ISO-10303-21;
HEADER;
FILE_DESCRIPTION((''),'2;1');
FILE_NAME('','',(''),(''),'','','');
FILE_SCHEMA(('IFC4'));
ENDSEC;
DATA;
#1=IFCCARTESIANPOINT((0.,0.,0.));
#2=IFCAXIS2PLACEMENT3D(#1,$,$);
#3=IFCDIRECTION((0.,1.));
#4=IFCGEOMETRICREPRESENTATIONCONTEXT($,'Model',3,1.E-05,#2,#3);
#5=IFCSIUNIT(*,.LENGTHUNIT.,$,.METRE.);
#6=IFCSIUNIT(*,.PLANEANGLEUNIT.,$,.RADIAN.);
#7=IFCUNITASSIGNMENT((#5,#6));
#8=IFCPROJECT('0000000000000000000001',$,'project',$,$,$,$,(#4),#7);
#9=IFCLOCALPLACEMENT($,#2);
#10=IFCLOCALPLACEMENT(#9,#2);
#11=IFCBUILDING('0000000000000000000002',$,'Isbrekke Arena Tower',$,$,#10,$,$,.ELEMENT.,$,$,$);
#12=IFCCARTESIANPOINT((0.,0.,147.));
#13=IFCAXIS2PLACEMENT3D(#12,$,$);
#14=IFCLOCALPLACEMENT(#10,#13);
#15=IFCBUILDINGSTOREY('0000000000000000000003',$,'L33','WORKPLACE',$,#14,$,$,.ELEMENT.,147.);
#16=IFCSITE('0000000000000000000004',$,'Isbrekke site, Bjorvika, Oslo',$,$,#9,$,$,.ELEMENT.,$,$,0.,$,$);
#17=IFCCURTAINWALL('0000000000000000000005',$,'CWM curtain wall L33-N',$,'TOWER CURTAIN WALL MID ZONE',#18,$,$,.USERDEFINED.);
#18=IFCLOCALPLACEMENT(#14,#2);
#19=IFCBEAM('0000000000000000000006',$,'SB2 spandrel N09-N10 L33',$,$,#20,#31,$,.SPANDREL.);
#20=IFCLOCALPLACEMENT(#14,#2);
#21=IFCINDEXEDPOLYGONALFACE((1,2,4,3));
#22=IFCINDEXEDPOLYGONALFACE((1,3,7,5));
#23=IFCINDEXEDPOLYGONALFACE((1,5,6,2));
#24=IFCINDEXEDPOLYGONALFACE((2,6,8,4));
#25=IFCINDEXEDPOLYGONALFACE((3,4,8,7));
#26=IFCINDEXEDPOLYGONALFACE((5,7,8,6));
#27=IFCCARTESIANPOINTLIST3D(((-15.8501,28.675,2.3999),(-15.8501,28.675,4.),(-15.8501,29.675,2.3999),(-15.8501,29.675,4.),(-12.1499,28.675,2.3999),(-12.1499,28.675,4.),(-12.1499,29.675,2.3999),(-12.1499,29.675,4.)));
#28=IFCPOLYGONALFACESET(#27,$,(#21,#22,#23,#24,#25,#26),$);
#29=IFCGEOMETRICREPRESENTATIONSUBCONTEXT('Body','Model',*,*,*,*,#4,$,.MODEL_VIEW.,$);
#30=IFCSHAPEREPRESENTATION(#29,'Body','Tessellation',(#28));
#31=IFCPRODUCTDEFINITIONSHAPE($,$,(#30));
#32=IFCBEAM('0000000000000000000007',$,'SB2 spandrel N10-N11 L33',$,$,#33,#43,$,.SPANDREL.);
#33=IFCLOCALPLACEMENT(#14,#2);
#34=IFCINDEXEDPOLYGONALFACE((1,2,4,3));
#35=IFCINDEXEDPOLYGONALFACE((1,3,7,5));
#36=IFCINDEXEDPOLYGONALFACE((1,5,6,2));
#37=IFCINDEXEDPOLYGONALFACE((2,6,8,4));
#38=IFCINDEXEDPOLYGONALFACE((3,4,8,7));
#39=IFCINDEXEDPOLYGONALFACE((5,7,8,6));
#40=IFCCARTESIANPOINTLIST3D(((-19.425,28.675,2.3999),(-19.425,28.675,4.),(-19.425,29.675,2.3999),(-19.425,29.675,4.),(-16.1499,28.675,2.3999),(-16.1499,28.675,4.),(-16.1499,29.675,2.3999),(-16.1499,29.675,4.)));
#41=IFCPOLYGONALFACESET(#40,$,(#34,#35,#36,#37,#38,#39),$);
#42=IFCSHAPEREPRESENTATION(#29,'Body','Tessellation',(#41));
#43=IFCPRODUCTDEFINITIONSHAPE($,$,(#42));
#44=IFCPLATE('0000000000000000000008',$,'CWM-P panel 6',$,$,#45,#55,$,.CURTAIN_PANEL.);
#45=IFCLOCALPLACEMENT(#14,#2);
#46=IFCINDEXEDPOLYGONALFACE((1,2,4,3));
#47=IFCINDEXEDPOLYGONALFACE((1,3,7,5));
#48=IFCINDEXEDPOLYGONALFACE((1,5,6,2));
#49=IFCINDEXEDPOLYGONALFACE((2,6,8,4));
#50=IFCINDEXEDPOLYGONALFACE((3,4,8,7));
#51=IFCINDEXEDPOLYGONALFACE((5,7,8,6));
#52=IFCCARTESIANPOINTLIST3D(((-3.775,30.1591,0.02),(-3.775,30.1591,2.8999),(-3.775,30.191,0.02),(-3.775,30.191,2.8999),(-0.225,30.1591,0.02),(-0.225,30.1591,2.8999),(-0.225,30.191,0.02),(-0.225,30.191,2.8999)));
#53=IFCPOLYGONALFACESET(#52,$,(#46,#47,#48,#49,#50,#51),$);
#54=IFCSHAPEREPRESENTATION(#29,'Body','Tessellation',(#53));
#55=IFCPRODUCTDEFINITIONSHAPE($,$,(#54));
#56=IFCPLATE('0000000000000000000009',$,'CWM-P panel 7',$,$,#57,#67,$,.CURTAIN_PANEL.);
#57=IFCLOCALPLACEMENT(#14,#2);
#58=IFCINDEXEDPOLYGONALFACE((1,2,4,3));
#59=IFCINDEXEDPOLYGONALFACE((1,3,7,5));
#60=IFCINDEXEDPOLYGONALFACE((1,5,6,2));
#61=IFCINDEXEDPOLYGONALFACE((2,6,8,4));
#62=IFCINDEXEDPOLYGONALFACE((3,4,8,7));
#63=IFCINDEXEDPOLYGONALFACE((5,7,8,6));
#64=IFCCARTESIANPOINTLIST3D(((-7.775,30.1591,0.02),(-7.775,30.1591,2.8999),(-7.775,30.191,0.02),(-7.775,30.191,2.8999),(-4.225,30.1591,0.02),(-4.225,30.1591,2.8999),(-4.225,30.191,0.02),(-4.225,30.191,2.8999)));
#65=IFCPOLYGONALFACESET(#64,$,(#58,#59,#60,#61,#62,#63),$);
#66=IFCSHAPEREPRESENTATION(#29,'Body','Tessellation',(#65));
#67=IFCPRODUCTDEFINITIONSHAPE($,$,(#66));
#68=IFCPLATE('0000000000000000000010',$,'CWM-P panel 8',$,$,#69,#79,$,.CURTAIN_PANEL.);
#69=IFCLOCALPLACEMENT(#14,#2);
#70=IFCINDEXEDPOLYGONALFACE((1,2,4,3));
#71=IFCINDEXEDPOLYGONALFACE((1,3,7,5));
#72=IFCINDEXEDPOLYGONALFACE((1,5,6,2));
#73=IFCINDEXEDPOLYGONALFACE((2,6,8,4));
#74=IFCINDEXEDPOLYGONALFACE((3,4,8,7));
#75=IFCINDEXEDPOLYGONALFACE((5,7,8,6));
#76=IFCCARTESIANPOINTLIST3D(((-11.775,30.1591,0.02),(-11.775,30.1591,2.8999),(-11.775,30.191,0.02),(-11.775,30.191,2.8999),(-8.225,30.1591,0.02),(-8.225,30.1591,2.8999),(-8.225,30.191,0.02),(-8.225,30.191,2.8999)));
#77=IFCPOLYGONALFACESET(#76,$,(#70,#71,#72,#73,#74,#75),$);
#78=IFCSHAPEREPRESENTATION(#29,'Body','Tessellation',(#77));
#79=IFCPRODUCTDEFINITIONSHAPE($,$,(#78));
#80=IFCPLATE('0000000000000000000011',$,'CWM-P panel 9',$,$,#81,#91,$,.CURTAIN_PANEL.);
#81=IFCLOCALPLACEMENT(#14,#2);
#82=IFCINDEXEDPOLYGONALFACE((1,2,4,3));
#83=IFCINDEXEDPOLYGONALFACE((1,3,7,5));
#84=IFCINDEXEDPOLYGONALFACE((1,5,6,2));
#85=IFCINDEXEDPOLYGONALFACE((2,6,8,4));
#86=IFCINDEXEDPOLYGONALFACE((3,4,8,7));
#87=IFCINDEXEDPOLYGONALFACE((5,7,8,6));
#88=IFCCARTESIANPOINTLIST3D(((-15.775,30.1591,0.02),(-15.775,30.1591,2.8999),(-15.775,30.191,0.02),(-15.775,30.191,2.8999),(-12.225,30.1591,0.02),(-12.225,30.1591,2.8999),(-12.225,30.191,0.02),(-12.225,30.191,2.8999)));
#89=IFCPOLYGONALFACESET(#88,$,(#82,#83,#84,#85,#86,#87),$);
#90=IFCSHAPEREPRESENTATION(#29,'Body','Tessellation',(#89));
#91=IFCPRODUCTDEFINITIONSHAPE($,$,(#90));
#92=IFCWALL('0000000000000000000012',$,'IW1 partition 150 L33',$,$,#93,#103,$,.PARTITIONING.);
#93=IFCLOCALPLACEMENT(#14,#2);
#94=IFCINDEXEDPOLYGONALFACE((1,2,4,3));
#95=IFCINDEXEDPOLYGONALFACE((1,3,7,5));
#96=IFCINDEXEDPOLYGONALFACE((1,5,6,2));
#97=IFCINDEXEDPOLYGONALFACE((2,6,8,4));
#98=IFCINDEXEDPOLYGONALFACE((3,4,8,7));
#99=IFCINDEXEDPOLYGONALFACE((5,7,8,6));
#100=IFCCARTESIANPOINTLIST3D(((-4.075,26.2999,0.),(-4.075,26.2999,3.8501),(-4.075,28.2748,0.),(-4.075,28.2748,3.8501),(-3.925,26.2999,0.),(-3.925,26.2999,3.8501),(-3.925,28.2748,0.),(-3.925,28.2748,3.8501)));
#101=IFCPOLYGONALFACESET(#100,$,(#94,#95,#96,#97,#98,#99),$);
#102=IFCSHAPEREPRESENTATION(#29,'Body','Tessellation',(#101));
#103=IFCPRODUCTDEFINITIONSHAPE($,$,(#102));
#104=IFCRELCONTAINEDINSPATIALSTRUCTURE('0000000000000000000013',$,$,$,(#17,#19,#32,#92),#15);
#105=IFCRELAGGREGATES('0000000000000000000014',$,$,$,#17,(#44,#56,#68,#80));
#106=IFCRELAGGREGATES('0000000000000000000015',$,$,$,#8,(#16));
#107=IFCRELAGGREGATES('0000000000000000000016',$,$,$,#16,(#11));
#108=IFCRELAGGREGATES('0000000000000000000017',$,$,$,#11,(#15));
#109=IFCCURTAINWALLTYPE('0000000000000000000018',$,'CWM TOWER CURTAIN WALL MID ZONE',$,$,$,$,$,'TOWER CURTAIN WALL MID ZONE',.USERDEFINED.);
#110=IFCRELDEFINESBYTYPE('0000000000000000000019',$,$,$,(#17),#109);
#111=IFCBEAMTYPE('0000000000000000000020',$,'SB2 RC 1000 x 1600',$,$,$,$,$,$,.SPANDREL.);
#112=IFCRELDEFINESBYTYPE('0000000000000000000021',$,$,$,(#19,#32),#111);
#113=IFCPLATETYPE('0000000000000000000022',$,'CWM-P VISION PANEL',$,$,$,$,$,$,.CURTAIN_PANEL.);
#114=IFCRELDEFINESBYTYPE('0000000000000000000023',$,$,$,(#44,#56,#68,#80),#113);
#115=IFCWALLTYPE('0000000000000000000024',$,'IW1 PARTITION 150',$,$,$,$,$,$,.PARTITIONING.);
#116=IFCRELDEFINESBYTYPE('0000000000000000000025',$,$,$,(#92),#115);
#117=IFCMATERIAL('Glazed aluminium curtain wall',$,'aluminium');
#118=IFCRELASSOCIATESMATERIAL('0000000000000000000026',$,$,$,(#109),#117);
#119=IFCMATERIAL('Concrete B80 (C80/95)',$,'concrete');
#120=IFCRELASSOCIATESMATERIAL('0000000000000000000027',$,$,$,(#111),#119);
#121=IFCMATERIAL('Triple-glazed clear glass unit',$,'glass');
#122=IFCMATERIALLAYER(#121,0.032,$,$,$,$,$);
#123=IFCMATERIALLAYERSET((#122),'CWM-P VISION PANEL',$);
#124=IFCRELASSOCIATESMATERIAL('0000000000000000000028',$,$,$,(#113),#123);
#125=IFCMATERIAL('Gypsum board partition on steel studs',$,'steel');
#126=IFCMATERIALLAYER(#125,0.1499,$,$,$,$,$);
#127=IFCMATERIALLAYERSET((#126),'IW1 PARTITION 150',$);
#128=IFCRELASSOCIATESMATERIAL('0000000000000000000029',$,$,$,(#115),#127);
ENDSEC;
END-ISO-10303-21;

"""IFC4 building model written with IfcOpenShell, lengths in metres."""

from ifc_helpers import new_model, si_unit, direction, frame, frame_2d, origin, origin_2d, place, context, subcontext, project, spatial, rectangle, extrude, material, layer, layer_set, material_profile, profile_set, type_object, element, aggregate, save


model = new_model("IFC4")

# Units and contexts
model_context = context("Model", 3, precision=1e-05, world=origin(), true_north=direction((0.0, 1.0)))
body_context = subcontext(model_context, "Body", "Model", "MODEL_VIEW")
ifc_project = project(units=[si_unit("LENGTHUNIT", "METRE"), si_unit("PLANEANGLEUNIT", "RADIAN")], contexts=[model_context])

# Site, building, storey
site_placement = place(None, origin())
site = spatial("IfcSite", under=ifc_project, at=site_placement, Name="Isbrekke site, Bjorvika, Oslo", CompositionType="ELEMENT", RefElevation=0.0)
building_placement = place(site_placement, origin())
building = spatial("IfcBuilding", under=site, at=building_placement, Name="Isbrekke Arena Tower", CompositionType="ELEMENT")
storey_placement = place(building_placement, frame((0.0, 0.0, 147.0)))
storey = spatial("IfcBuildingStorey", under=building, at=storey_placement, Name="L33", Description="WORKPLACE", CompositionType="ELEMENT", Elevation=147.0)

# Curtain wall
ifc_material_1 = material(Name="Glazed aluminium curtain wall", Category="aluminium")
curtain_wall_type = type_object("IfcCurtainWallType", Name="CWM TOWER CURTAIN WALL MID ZONE", ElementType="TOWER CURTAIN WALL MID ZONE", PredefinedType="USERDEFINED", material=ifc_material_1)
curtain_wall_placement = place(storey_placement, origin())
curtain_wall = element("IfcCurtainWall", 1, at=curtain_wall_placement, inside=storey, type_object=curtain_wall_type, Name="CWM curtain wall L33-N", ObjectType="TOWER CURTAIN WALL MID ZONE", PredefinedType="USERDEFINED")

# Beams
ifc_material_2 = material(Name="Concrete B80 (C80/95)", Category="concrete")
ifc_material_profile_1 = material_profile(ifc_material_2, rectangle(XDim=1.0, YDim=1.6001, at=origin_2d()), Name="RC 1000x1600")
ifc_profile_set_1 = profile_set([ifc_material_profile_1], Name="Concrete B80 (C80/95)")
beam_type_1 = type_object("IfcBeamType", Name="SB2 RC 1000 x 1600", PredefinedType="SPANDREL", material=ifc_profile_set_1)
for number, where, z_axis, x_axis, name in (
    (2, (-12.1499, 29.175, 3.2), (-1.0, 0.0, 0.0), (0.0, -1.0, 0.0), "SB2 spandrel N09-N10 L33"),
):
    element("IfcBeam", number, at=place(storey_placement, frame(where, z_axis=z_axis, x_axis=x_axis)), inside=storey, type_object=beam_type_1, Name=name, PredefinedType="SPANDREL", context=body_context, shape_type="SweptSolid", body=[
        extrude(rectangle(XDim=1.0, YDim=1.6001, at=origin_2d()), origin(), (0.0, 0.0, 1.0), 3.7002),
    ])
beam_1_placement = place(storey_placement, frame((-16.1499, 29.175, 3.2), z_axis=(-1.0, 0.0, 0.0), x_axis=(0.0, -1.0, 0.0)))
element("IfcBeam", 3, at=beam_1_placement, inside=storey, type_object=beam_type_1, Name="SB2 spandrel N10-N11 L33", PredefinedType="SPANDREL", context=body_context, shape_type="SweptSolid", body=[
    extrude(rectangle(XDim=1.0, YDim=1.6001, at=origin_2d()), origin(), (0.0, 0.0, 1.0), 3.2751),
])

# Plates
ifc_material_3 = material(Name="Triple-glazed clear glass unit", Category="glass")
ifc_layer_1 = layer(ifc_material_3, 0.032)
ifc_layer_set_1 = layer_set([ifc_layer_1], Name="CWM-P VISION PANEL")
plate_type = type_object("IfcPlateType", Name="CWM-P VISION PANEL", PredefinedType="CURTAIN_PANEL", material=ifc_layer_set_1)
plate_1_placement = place(storey_placement, frame((-2.0, 30.175, 0.02), z_axis=(0.0, 0.0, 1.0), x_axis=(-1.0, 0.0, 0.0)))
plate_1 = element("IfcPlate", 4, at=plate_1_placement, type_object=plate_type, Name="CWM-P panel 6", PredefinedType="CURTAIN_PANEL", context=body_context, shape_type="SweptSolid", body=[
    extrude(rectangle(XDim=3.55, YDim=0.032, at=origin_2d()), origin(), (0.0, 0.0, 1.0), 2.8799),
])
plate_2_placement = place(storey_placement, frame((-6.0, 30.175, 0.02), z_axis=(0.0, 0.0, 1.0), x_axis=(-1.0, 0.0, 0.0)))
plate_2 = element("IfcPlate", 5, at=plate_2_placement, type_object=plate_type, Name="CWM-P panel 7", PredefinedType="CURTAIN_PANEL", context=body_context, shape_type="SweptSolid", body=[
    extrude(rectangle(XDim=3.55, YDim=0.032, at=origin_2d()), origin(), (0.0, 0.0, 1.0), 2.8799),
])
plate_3_placement = place(storey_placement, frame((-10.0, 30.175, 0.02), z_axis=(0.0, 0.0, 1.0), x_axis=(-1.0, 0.0, 0.0)))
plate_3 = element("IfcPlate", 6, at=plate_3_placement, type_object=plate_type, Name="CWM-P panel 8", PredefinedType="CURTAIN_PANEL", context=body_context, shape_type="SweptSolid", body=[
    extrude(rectangle(XDim=3.55, YDim=0.032, at=origin_2d()), origin(), (0.0, 0.0, 1.0), 2.8799),
])
plate_4_placement = place(storey_placement, frame((-14.0, 30.175, 0.02), z_axis=(0.0, 0.0, 1.0), x_axis=(-1.0, 0.0, 0.0)))
plate_4 = element("IfcPlate", 7, at=plate_4_placement, type_object=plate_type, Name="CWM-P panel 9", PredefinedType="CURTAIN_PANEL", context=body_context, shape_type="SweptSolid", body=[
    extrude(rectangle(XDim=3.55, YDim=0.032, at=origin_2d()), origin(), (0.0, 0.0, 1.0), 2.8799),
])
aggregate(curtain_wall, [plate_1, plate_2, plate_3, plate_4])

# Wall
ifc_material_4 = material(Name="Gypsum board partition on steel studs", Category="steel")
ifc_layer_2 = layer(ifc_material_4, 0.1499)
ifc_layer_set_2 = layer_set([ifc_layer_2], Name="IW1 PARTITION 150")
wall_type = type_object("IfcWallType", Name="IW1 PARTITION 150", PredefinedType="PARTITIONING", material=ifc_layer_set_2)
wall_placement = place(storey_placement, frame((-4.0, 26.3, 0.0), z_axis=(0.0, 0.0, 1.0), x_axis=(0.0, 1.0, 0.0)))
element("IfcWall", 8, at=wall_placement, inside=storey, type_object=wall_type, Name="IW1 partition 150 L33", PredefinedType="PARTITIONING", context=body_context, shape_type="SweptSolid", body=[
    extrude(rectangle(XDim=1.9749, YDim=0.1499, at=frame_2d((0.9873, 0.0))), origin(), (0.0, 0.0, 1.0), 3.8501),
])

save(model, "model.ifc")
